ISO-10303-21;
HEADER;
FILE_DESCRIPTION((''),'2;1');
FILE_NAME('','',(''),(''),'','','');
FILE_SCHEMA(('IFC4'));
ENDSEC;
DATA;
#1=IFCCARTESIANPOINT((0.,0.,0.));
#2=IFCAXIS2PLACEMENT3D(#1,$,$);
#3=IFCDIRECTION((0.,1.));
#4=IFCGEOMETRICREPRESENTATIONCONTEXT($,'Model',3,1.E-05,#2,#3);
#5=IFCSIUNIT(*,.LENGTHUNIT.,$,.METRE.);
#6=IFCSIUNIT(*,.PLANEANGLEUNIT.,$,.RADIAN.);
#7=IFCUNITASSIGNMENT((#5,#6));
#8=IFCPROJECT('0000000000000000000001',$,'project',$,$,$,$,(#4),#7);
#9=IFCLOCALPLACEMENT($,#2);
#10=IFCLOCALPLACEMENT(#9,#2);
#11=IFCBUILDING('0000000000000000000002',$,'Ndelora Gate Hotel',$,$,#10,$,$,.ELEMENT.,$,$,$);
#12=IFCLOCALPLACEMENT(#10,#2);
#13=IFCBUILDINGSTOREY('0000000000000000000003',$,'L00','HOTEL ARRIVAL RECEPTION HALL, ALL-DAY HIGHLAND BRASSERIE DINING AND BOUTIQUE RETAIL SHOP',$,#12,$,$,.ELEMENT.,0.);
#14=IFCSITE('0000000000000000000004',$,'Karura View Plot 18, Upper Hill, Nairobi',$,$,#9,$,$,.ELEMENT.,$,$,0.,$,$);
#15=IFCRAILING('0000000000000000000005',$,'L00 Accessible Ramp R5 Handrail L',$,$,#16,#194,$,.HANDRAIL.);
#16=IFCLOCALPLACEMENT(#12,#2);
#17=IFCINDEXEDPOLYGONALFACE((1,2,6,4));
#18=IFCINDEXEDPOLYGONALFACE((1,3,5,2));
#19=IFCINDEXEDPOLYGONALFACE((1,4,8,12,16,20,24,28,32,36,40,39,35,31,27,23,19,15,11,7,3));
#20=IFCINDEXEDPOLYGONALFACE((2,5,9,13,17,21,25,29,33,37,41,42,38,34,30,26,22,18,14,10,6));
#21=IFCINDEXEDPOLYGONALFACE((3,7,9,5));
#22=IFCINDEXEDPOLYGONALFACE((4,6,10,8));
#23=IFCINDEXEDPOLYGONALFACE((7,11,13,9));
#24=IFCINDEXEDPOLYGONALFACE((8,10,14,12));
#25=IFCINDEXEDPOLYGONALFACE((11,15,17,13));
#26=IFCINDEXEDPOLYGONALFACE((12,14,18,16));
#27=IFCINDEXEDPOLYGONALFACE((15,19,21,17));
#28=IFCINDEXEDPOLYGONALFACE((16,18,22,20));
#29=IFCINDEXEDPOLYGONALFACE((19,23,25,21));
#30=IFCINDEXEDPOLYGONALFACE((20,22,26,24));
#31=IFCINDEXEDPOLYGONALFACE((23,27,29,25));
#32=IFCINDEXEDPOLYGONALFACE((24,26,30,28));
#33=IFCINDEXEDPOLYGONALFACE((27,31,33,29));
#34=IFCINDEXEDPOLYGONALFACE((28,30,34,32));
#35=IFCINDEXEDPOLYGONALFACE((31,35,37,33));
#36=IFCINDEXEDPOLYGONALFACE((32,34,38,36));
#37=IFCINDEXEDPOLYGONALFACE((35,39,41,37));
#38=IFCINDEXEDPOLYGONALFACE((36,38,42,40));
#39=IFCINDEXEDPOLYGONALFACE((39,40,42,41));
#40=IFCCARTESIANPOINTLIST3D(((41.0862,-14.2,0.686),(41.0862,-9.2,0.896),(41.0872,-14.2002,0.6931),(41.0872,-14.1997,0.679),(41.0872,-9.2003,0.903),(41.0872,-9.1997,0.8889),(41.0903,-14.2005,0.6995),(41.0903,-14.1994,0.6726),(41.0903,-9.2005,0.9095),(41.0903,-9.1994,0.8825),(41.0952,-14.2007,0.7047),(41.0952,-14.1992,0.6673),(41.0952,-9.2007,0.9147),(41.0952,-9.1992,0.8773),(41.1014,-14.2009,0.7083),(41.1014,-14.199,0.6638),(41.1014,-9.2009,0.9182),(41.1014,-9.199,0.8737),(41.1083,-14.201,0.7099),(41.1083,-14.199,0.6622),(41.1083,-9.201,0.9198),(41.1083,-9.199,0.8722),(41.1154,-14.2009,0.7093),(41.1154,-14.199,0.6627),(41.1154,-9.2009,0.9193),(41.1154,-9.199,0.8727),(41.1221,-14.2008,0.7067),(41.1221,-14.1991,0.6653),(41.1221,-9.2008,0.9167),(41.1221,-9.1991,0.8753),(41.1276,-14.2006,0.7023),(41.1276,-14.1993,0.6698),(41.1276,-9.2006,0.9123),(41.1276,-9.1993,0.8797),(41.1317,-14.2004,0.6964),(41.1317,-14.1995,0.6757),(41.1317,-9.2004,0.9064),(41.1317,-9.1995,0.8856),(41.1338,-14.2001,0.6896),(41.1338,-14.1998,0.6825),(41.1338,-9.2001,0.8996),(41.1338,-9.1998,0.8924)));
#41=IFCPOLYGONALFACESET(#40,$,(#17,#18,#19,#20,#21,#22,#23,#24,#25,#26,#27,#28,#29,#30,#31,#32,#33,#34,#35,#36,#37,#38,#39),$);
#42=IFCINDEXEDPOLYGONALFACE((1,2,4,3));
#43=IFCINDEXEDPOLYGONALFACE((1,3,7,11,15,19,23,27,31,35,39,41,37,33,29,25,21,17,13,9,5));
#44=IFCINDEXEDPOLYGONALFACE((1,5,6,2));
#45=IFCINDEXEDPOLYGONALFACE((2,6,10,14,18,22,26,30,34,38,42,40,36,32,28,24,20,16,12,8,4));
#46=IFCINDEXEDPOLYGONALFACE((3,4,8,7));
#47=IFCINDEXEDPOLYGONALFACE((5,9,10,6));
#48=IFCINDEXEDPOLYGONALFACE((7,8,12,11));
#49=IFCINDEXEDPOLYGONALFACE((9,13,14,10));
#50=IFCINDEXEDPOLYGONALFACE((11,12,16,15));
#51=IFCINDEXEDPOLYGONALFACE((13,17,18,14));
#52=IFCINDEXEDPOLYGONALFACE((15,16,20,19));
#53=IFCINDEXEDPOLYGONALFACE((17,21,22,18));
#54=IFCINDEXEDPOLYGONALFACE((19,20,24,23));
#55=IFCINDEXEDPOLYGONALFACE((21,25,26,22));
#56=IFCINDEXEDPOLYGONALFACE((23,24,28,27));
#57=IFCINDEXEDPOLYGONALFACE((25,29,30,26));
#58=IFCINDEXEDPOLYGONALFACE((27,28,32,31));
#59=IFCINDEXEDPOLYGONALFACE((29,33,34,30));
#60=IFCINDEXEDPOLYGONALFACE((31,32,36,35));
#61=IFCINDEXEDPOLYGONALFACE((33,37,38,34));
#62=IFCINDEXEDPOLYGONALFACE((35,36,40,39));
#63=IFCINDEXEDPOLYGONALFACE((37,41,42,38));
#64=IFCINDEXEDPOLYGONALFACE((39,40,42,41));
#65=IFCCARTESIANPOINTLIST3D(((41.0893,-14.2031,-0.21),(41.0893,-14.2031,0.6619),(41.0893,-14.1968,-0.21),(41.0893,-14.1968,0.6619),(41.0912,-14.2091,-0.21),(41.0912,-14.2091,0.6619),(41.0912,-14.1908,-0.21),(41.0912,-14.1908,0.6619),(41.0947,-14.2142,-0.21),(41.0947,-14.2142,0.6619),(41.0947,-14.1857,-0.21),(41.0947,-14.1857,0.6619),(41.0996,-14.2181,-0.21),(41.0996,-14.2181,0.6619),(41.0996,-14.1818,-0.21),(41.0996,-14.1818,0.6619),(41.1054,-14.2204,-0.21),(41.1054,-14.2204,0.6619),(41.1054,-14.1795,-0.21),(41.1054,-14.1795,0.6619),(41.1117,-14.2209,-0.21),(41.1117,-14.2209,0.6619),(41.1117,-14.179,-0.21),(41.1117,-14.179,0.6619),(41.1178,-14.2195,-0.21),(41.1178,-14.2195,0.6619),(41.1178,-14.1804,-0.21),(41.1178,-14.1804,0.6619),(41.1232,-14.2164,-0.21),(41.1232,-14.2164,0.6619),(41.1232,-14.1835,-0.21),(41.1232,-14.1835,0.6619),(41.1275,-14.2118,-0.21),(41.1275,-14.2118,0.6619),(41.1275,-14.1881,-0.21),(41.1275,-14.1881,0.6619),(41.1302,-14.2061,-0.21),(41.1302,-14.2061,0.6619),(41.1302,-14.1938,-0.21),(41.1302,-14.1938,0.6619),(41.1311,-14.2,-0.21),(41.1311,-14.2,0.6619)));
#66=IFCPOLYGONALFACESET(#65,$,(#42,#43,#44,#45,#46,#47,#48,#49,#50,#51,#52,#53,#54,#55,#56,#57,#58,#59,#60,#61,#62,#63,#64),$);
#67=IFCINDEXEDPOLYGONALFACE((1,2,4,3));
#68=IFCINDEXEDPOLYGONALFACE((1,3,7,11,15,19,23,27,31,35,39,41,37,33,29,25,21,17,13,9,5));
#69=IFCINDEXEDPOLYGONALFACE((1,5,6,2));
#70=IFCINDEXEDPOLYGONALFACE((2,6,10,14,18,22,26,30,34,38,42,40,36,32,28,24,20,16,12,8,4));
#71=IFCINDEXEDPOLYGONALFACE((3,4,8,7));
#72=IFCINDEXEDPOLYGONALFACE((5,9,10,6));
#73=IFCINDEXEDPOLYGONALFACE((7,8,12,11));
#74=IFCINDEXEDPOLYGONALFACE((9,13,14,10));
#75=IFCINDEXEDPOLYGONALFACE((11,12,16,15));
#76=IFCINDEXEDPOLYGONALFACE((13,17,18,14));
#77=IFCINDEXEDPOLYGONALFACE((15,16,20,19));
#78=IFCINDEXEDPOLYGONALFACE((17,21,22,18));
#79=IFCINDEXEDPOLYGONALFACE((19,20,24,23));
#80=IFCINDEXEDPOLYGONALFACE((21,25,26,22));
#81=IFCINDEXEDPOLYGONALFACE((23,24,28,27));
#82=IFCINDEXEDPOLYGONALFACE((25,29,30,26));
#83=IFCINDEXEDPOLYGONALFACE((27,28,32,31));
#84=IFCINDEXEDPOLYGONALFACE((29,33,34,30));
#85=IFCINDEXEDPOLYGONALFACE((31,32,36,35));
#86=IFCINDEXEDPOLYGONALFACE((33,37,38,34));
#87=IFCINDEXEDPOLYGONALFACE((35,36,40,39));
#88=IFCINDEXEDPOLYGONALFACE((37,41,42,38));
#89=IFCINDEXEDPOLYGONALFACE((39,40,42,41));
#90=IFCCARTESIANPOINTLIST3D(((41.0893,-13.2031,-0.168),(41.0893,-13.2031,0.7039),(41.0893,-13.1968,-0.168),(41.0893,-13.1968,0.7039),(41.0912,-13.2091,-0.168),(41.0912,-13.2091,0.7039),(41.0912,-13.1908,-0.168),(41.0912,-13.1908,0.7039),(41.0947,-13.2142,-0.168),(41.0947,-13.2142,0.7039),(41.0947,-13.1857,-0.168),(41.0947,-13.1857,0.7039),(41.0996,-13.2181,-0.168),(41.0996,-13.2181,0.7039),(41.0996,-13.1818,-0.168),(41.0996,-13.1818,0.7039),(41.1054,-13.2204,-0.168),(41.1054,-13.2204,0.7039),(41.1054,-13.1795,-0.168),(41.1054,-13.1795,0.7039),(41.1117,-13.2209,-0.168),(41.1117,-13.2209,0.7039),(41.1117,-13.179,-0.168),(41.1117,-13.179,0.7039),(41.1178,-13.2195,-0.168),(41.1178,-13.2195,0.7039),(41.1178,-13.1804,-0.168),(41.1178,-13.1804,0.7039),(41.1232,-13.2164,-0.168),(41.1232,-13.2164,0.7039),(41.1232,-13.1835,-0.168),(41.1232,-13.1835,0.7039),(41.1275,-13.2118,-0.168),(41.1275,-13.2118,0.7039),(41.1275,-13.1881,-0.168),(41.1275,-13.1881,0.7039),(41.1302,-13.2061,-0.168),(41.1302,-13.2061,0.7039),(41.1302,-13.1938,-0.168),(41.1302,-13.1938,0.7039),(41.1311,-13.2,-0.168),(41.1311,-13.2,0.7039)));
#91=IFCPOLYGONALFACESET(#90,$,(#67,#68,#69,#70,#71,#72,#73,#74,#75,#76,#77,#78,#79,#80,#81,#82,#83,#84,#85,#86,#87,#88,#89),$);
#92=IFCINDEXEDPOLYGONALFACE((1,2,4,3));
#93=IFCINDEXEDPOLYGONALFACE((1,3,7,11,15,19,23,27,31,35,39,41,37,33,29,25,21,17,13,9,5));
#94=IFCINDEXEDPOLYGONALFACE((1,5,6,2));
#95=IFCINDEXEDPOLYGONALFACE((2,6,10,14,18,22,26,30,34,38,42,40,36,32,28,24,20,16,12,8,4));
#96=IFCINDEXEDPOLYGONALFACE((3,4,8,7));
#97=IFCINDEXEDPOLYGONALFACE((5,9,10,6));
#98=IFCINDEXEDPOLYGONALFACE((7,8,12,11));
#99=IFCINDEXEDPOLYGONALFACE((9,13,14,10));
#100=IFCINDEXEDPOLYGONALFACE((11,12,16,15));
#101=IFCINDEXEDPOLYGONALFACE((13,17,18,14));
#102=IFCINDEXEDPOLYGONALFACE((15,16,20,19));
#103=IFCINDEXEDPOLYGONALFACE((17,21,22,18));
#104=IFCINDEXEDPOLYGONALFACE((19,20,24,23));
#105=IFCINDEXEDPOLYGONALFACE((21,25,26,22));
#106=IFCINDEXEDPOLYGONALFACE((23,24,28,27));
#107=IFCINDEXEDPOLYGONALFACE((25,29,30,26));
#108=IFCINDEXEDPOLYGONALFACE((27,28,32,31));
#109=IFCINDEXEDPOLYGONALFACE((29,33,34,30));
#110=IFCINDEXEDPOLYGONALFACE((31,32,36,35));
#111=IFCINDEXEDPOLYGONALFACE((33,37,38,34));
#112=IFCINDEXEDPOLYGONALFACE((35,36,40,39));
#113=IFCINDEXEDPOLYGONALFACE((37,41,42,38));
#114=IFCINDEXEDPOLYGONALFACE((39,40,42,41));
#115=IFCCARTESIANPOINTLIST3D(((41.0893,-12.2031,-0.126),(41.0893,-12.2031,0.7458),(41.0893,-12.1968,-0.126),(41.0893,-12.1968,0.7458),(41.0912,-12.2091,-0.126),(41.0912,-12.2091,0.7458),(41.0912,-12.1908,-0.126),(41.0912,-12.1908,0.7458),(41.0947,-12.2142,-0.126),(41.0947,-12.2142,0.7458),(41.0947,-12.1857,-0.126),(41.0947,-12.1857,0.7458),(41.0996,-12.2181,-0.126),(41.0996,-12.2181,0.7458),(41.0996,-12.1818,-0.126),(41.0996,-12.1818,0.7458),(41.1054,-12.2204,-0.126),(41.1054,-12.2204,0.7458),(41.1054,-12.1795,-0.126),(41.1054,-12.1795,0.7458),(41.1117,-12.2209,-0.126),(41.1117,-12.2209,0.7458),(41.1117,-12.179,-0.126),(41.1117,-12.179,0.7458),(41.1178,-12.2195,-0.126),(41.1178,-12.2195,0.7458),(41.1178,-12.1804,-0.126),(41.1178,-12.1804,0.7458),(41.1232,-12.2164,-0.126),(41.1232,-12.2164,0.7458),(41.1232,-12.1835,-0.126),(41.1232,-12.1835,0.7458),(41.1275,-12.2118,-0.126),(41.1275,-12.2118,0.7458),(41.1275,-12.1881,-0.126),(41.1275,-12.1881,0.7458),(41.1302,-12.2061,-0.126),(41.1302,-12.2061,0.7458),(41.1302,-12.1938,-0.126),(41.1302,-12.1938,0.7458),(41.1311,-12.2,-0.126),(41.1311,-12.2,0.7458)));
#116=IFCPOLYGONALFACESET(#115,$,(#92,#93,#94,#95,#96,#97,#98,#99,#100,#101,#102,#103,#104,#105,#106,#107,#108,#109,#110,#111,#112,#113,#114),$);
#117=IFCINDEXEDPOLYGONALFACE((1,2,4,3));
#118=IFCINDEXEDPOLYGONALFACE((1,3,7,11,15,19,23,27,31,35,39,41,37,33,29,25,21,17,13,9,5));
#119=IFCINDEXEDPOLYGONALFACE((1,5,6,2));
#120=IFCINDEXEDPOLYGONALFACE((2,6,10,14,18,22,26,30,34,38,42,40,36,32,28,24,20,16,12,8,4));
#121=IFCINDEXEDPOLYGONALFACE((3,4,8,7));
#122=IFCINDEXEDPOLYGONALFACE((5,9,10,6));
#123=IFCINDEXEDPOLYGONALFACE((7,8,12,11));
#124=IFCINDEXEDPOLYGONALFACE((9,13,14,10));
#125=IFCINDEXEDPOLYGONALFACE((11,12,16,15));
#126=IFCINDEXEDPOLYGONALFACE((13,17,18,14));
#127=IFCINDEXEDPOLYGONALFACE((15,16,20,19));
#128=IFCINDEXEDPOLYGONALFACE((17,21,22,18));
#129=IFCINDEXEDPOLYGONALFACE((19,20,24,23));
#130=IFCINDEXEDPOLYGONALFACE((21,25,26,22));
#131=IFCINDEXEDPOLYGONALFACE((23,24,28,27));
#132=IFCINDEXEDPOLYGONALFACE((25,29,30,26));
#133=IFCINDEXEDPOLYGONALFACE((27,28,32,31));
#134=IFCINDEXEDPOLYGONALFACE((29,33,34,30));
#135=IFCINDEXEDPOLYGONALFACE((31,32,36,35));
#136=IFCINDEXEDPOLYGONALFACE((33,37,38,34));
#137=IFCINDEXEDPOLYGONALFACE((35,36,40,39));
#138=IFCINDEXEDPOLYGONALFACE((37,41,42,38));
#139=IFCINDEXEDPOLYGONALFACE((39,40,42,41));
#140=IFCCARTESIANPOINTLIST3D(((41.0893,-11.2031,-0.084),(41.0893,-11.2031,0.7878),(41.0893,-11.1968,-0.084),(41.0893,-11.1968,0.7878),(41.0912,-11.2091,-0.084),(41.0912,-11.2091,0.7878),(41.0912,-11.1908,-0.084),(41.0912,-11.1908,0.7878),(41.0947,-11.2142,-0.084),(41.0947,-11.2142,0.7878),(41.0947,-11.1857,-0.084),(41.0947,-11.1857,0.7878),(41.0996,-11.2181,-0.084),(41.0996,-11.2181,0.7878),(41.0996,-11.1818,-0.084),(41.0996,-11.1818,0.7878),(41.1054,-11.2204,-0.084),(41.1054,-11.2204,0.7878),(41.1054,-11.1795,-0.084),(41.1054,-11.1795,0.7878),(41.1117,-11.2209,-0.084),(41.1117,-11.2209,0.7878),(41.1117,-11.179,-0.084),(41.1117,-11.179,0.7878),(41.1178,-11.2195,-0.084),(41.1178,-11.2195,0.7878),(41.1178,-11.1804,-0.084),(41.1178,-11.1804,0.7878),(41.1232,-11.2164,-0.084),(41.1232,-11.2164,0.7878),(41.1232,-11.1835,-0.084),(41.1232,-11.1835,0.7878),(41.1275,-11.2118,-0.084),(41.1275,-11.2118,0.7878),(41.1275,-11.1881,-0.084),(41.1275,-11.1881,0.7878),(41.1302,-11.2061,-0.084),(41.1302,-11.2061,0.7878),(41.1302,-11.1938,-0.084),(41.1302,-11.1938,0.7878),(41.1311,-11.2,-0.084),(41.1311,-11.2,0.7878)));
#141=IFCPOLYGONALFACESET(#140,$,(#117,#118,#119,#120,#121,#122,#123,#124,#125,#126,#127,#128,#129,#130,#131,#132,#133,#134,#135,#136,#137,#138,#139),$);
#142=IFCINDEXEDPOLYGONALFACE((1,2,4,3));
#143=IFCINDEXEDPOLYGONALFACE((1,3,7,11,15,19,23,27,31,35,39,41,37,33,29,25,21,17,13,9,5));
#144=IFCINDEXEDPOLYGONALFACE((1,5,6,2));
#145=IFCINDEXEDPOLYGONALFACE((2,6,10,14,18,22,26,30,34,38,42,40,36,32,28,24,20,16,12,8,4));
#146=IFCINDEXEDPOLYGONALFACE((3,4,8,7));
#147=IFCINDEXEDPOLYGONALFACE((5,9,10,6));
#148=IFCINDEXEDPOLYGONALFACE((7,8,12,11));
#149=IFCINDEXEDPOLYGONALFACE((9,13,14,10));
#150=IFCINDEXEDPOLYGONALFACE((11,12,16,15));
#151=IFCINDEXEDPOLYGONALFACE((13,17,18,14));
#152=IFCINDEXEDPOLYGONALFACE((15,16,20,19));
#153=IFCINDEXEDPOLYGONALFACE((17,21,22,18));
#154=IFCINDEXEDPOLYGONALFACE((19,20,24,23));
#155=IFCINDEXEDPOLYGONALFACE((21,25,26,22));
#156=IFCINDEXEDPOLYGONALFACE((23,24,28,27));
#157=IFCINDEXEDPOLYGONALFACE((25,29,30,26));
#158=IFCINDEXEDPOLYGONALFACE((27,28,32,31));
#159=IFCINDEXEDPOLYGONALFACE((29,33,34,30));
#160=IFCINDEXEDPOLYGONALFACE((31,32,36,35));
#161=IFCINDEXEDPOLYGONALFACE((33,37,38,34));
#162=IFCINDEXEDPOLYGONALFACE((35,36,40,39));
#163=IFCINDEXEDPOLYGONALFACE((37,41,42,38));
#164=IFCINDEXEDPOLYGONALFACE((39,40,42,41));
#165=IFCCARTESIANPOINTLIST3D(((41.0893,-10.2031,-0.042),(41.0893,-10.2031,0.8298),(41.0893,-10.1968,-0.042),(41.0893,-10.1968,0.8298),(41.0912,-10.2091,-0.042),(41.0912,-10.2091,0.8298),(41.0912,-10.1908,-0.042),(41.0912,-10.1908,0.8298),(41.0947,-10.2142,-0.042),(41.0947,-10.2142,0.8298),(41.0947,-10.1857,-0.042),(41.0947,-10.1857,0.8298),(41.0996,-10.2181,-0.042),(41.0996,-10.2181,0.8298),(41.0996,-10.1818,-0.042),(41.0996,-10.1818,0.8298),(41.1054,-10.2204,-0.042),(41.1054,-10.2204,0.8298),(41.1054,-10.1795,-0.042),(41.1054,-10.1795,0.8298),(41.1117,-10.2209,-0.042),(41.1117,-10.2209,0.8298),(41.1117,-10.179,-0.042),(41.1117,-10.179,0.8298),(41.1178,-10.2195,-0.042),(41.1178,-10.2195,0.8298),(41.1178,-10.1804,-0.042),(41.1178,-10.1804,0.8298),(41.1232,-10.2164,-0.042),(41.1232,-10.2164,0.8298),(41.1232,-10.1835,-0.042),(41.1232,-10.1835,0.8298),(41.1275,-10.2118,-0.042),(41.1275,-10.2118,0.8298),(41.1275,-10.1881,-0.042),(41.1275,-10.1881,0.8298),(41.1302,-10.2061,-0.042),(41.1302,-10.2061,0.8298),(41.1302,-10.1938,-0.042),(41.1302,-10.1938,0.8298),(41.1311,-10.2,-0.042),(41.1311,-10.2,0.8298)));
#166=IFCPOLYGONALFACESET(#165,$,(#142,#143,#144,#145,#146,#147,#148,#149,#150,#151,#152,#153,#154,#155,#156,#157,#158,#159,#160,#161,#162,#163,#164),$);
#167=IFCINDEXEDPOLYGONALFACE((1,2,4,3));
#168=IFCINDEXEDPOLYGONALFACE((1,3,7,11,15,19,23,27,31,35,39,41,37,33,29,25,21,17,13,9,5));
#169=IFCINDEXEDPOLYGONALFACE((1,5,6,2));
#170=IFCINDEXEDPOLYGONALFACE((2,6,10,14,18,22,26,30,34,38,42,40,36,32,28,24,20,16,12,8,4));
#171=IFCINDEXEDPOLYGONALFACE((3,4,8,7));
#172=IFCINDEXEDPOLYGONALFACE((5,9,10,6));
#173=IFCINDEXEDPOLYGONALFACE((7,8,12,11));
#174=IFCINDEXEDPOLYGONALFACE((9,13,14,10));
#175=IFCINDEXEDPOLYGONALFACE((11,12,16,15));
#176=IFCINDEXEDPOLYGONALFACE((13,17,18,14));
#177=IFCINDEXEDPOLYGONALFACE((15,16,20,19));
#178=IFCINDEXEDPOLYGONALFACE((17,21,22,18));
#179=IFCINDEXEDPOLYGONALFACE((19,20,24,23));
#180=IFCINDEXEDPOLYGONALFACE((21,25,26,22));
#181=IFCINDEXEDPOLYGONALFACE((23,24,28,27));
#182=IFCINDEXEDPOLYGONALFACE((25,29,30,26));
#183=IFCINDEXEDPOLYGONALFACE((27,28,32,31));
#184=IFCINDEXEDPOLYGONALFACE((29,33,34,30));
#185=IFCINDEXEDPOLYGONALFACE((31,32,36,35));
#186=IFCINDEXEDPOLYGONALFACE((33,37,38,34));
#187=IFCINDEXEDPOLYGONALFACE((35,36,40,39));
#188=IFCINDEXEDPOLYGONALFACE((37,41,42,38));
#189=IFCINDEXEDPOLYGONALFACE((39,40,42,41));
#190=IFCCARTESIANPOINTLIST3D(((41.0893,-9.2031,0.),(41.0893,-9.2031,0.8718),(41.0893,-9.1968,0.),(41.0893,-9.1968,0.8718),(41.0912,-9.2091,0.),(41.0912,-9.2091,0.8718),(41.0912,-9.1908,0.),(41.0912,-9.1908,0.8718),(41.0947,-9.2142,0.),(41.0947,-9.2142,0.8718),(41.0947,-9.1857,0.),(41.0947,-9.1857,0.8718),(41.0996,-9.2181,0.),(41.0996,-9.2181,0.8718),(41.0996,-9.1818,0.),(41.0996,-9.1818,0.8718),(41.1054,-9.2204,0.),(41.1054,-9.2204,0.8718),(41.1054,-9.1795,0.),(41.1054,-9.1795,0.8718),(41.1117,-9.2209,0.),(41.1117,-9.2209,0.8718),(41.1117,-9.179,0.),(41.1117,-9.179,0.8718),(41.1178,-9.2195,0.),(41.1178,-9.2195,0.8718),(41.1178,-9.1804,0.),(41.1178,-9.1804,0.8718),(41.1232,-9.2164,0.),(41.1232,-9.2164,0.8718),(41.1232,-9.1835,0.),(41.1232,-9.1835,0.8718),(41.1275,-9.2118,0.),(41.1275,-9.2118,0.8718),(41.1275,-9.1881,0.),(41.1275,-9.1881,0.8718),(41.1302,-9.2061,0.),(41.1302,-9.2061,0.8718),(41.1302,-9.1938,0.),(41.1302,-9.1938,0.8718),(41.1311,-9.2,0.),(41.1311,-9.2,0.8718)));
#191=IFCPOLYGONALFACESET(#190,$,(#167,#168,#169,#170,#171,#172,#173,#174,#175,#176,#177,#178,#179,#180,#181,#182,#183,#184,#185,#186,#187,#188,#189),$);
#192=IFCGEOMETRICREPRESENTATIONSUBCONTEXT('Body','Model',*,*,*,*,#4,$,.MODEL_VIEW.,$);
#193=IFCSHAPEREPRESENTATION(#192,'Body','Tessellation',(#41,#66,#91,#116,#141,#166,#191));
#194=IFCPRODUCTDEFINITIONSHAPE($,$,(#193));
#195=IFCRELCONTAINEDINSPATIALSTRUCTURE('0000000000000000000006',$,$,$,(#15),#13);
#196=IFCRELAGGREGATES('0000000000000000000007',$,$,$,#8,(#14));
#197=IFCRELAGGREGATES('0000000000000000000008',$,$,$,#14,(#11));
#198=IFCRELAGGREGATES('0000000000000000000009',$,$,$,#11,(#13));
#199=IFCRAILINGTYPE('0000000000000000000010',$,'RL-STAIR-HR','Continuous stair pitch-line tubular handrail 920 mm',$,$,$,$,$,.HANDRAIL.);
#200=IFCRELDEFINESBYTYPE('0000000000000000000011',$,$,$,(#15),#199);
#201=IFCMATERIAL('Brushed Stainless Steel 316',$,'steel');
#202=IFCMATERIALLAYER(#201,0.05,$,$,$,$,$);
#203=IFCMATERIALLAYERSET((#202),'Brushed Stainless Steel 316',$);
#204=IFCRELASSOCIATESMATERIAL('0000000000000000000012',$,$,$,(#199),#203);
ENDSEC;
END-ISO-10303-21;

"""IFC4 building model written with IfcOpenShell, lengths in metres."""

from ifc_helpers import new_model, si_unit, direction, frame, origin, origin_2d, place, context, subcontext, project, spatial, circle, extrude, material, layer, layer_set, type_object, element, save


model = new_model("IFC4")

# Units and contexts
model_context = context("Model", 3, precision=1e-05, world=origin(), true_north=direction((0.0, 1.0)))
body_context = subcontext(model_context, "Body", "Model", "MODEL_VIEW")
ifc_project = project(units=[si_unit("LENGTHUNIT", "METRE"), si_unit("PLANEANGLEUNIT", "RADIAN")], contexts=[model_context])

# Site, building, storey
site_placement = place(None, origin())
site = spatial("IfcSite", under=ifc_project, at=site_placement, Name="Karura View Plot 18, Upper Hill, Nairobi", CompositionType="ELEMENT", RefElevation=0.0)
building_placement = place(site_placement, origin())
building = spatial("IfcBuilding", under=site, at=building_placement, Name="Ndelora Gate Hotel", CompositionType="ELEMENT")
storey_placement = place(building_placement, origin())
storey = spatial("IfcBuildingStorey", under=building, at=storey_placement, Name="L00", Description="HOTEL ARRIVAL RECEPTION HALL, ALL-DAY HIGHLAND BRASSERIE DINING AND BOUTIQUE RETAIL SHOP", CompositionType="ELEMENT", Elevation=0.0)

# Railing
ifc_material_1 = material(Name="Brushed Stainless Steel 316", Category="steel")
ifc_layer_1 = layer(ifc_material_1, 0.05)
ifc_layer_set_1 = layer_set([ifc_layer_1], Name="Brushed Stainless Steel 316")
railing_type_1 = type_object("IfcRailingType", Name="RL-STAIR-HR", Description="Continuous stair pitch-line tubular handrail 920 mm", PredefinedType="HANDRAIL", material=ifc_layer_set_1)
for number, where, name in (
    (1, (41.1101, -14.2, -0.21), "L00 Accessible Ramp R5 Handrail L"),
):
    element("IfcRailing", number, at=place(storey_placement, frame(where)), inside=storey, type_object=railing_type_1, Name=name, PredefinedType="HANDRAIL", context=body_context, shape_type="SweptSolid", body=[
        extrude(circle(Radius=0.0239, at=origin_2d()), frame((0.0, 0.0, 0.896), z_axis=(0.0, 0.999119, 0.041955), x_axis=(-1.0, 0.0, 0.0)), (0.0, 0.0, 1.0), 5.0044),
        extrude(circle(Radius=0.021, at=origin_2d()), origin(), (0.0, 0.0, 1.0), 0.8718),
        extrude(circle(Radius=0.021, at=origin_2d()), frame((0.0, 1.0, 0.042)), (0.0, 0.0, 1.0), 0.8718),
        extrude(circle(Radius=0.021, at=origin_2d()), frame((0.0, 2.0, 0.084)), (0.0, 0.0, 1.0), 0.8718),
        extrude(circle(Radius=0.021, at=origin_2d()), frame((0.0, 3.0, 0.126)), (0.0, 0.0, 1.0), 0.8718),
        extrude(circle(Radius=0.021, at=origin_2d()), frame((0.0, 4.0, 0.168)), (0.0, 0.0, 1.0), 0.8718),
        extrude(circle(Radius=0.021, at=origin_2d()), frame((0.0, 5.0, 0.21)), (0.0, 0.0, 1.0), 0.8718),
    ])

save(model, "model.ifc")
